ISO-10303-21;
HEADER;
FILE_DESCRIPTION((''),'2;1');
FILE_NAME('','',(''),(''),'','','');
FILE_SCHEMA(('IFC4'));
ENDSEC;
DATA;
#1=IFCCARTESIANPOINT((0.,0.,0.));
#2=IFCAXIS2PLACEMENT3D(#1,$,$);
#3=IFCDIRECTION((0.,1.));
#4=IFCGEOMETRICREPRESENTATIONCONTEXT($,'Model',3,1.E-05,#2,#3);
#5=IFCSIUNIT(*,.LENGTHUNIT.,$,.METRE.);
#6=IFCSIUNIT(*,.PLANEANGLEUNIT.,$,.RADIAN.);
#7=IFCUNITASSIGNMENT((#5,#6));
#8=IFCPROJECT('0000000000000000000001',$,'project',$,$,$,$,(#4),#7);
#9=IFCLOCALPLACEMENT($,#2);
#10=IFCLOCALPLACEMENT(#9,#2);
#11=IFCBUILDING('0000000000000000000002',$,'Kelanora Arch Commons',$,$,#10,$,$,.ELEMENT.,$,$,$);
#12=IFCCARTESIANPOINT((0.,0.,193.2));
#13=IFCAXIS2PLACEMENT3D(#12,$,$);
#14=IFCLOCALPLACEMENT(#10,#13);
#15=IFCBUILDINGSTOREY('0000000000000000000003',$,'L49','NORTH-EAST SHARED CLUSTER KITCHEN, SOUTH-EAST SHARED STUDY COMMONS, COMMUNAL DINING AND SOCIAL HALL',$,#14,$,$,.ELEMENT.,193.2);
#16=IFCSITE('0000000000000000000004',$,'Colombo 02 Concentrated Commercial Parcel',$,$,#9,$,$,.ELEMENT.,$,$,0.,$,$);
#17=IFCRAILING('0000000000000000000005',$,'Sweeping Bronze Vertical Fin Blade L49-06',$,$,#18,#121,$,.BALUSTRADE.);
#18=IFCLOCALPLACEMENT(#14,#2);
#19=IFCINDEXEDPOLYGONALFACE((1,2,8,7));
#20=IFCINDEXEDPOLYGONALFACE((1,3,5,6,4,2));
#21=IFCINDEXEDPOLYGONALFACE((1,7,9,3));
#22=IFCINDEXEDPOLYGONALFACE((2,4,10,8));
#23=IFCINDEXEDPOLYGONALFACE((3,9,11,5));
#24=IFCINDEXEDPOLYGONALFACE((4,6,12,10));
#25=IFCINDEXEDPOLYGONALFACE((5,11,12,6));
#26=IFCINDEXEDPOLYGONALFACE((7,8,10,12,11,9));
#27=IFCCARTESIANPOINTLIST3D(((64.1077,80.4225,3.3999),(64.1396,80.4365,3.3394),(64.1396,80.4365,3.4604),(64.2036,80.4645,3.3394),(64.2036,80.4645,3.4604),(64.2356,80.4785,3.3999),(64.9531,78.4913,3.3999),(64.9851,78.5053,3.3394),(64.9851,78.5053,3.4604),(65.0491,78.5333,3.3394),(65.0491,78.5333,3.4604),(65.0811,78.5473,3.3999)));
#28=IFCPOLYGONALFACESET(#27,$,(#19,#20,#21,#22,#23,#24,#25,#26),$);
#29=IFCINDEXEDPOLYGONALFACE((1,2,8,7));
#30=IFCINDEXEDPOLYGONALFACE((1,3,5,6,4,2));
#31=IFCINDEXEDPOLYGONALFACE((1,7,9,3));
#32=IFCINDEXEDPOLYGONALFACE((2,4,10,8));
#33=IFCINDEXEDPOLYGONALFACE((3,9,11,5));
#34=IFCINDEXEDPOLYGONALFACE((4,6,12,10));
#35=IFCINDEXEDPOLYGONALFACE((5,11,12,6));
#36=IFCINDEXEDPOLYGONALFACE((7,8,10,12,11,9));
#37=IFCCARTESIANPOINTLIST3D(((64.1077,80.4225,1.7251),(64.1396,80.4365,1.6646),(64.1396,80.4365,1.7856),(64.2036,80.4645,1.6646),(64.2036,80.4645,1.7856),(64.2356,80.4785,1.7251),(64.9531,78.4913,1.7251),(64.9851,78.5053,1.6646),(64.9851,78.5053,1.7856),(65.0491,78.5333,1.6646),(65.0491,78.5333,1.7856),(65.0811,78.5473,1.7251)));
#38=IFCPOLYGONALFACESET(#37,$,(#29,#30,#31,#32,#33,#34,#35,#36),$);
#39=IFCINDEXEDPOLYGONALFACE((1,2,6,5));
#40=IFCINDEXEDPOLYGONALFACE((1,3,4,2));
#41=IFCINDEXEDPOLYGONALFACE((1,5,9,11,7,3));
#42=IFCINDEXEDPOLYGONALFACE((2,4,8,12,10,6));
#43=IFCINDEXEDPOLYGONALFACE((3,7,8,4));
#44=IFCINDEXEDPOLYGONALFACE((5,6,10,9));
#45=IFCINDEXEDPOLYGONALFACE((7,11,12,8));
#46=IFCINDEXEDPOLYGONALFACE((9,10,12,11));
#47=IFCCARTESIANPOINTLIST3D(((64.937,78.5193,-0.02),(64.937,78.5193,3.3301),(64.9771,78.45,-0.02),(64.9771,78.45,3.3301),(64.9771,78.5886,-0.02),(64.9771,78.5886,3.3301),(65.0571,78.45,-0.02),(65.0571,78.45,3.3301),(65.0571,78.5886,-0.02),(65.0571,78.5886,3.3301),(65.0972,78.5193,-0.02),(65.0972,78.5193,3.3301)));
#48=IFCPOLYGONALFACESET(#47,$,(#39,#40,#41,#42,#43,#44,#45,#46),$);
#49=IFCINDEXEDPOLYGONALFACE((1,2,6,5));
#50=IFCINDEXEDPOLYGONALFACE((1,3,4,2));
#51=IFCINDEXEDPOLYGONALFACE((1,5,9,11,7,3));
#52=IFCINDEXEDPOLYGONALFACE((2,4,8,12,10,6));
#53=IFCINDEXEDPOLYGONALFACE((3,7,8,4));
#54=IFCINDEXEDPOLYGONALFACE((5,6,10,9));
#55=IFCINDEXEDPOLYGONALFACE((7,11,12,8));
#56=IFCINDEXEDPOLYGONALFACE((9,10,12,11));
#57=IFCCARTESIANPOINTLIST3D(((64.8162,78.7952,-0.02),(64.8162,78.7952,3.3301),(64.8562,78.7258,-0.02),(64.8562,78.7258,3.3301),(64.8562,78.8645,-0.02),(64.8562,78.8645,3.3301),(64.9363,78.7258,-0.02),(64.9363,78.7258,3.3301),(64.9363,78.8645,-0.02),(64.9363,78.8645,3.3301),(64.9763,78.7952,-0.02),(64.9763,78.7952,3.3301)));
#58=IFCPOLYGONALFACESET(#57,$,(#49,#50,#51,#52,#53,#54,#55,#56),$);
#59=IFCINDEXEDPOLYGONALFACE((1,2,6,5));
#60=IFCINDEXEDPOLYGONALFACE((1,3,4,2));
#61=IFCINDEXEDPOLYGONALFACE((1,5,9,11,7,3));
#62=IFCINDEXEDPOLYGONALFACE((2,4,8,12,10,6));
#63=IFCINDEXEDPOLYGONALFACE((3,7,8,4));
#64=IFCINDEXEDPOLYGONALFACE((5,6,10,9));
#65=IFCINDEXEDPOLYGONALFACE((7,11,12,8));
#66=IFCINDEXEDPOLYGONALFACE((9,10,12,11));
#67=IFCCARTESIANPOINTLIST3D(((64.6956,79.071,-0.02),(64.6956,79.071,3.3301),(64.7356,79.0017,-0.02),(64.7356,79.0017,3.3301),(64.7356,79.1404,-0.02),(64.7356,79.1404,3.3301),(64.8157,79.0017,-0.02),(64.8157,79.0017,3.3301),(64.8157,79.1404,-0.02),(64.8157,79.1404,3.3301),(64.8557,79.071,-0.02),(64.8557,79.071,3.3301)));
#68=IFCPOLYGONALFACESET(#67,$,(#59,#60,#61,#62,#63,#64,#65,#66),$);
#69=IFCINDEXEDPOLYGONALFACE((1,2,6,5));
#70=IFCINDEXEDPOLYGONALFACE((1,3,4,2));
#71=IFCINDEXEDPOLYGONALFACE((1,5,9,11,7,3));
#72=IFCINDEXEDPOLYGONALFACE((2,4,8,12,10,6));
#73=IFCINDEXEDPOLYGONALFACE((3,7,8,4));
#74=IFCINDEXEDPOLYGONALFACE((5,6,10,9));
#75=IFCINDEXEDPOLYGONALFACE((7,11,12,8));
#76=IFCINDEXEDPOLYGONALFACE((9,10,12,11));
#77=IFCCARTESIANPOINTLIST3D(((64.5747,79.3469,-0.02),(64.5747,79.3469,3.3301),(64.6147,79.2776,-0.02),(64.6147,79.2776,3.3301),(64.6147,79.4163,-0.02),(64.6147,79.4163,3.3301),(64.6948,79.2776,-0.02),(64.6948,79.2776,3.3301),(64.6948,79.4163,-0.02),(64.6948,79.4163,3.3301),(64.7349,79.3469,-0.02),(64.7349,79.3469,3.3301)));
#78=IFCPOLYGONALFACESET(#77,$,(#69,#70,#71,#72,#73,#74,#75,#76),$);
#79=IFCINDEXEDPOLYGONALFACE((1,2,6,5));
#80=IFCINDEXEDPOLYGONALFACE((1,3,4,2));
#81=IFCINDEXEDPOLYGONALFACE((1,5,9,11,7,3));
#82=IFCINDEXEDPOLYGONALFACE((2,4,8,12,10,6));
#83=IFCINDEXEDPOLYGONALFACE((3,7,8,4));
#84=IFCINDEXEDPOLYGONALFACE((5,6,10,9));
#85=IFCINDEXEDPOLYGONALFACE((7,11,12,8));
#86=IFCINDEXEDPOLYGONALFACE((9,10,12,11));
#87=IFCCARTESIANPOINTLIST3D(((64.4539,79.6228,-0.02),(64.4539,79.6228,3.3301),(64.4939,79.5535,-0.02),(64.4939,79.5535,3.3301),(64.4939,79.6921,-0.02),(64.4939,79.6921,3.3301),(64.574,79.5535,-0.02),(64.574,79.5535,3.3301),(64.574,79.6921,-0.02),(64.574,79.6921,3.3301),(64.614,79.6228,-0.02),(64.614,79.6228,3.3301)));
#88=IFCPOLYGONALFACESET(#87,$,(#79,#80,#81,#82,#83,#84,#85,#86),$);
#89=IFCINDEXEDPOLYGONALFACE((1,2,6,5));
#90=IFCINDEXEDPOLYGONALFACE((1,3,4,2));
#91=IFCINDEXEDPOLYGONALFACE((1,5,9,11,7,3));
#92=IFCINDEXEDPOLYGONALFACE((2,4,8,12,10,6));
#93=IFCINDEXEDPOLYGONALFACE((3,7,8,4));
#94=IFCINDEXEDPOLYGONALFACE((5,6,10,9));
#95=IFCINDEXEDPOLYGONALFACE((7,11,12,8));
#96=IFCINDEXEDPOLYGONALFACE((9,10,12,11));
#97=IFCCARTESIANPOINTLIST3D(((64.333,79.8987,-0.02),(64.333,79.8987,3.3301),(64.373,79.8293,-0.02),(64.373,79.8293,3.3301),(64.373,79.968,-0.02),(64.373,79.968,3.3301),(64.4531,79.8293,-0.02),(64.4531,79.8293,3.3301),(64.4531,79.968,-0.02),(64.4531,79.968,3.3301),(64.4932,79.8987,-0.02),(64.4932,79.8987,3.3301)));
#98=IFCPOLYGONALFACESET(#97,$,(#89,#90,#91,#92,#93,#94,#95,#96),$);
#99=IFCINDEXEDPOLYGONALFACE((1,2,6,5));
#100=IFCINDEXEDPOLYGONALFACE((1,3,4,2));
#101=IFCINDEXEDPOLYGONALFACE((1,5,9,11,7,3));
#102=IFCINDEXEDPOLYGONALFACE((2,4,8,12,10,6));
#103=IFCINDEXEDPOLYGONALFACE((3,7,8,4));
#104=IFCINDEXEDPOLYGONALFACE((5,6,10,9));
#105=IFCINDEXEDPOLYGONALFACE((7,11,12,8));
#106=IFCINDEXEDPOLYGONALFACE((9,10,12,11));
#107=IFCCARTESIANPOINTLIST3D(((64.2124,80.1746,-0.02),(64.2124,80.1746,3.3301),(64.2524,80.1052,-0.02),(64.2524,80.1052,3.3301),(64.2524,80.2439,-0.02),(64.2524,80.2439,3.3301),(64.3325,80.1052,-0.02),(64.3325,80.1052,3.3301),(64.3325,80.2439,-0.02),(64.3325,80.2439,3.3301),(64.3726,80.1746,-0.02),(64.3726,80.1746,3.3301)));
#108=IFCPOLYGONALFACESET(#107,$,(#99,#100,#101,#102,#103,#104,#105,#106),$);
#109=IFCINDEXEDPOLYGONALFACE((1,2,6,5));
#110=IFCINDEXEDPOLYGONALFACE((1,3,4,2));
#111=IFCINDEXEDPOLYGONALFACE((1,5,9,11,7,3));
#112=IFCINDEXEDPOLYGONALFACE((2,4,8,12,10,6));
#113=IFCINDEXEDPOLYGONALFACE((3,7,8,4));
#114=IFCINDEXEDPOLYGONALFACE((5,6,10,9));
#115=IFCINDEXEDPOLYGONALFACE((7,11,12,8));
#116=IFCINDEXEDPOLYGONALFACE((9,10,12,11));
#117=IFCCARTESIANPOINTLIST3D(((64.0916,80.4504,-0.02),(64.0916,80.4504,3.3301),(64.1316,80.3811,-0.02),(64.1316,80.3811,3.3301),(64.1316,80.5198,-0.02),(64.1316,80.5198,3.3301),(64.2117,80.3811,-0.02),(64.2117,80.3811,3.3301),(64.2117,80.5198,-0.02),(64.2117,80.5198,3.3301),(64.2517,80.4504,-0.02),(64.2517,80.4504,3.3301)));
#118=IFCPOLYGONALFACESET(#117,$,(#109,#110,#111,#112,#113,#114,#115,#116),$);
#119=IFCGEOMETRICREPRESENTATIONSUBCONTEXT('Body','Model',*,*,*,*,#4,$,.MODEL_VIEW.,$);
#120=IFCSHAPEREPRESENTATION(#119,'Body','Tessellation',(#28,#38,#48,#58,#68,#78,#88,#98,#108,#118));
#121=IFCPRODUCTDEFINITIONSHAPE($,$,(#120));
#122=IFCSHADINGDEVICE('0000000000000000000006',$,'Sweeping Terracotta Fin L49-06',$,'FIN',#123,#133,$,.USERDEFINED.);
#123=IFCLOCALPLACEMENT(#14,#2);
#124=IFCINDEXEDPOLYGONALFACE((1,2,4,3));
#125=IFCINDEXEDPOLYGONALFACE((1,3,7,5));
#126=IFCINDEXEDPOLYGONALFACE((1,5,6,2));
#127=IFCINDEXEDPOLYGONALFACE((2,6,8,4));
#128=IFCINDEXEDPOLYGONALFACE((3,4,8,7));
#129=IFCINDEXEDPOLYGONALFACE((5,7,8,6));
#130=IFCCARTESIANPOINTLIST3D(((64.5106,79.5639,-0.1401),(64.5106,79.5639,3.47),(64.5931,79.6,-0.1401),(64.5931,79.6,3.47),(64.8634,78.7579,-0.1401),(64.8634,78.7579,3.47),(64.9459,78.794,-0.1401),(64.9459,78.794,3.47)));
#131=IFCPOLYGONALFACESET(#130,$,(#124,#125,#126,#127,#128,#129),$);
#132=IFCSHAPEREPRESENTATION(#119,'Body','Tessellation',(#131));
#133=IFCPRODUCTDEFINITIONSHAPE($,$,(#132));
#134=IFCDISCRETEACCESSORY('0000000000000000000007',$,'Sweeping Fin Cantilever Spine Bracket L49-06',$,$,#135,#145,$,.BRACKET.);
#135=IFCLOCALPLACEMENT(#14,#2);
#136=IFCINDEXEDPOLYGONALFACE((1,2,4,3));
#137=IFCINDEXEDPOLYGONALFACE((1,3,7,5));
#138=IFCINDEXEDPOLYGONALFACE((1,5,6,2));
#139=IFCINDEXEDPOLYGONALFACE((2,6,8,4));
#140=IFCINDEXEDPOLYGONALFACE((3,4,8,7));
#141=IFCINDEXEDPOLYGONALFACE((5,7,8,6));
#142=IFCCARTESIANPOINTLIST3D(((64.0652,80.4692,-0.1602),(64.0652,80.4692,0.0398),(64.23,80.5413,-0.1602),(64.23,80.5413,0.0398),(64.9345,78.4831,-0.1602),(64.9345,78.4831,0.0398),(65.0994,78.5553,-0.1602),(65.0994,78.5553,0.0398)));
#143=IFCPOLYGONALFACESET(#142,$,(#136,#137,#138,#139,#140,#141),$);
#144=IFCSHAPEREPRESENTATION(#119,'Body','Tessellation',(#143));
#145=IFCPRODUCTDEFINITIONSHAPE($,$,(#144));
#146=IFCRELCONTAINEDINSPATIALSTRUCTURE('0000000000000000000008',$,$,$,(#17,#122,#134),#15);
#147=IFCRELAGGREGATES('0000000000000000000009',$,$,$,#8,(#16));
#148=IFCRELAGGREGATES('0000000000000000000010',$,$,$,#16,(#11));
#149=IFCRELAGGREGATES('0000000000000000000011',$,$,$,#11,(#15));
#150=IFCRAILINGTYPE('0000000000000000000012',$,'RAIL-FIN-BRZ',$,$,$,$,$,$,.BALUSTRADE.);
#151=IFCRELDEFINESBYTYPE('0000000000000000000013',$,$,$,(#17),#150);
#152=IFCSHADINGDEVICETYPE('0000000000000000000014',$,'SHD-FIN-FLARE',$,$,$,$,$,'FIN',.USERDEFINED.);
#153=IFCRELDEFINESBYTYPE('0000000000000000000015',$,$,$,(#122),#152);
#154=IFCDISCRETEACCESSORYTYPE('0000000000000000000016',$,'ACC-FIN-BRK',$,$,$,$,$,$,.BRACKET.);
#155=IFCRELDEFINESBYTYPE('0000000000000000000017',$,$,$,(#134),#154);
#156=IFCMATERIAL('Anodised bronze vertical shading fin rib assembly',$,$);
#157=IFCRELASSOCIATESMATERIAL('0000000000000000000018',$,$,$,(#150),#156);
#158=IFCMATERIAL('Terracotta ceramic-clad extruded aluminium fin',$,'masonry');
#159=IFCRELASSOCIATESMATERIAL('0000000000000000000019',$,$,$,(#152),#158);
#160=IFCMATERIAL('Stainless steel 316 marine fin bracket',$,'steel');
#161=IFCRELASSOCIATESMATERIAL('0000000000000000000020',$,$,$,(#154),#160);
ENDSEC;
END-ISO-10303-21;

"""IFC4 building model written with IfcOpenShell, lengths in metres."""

from ifc_helpers import new_model, si_unit, direction, frame, origin, origin_2d, place, context, subcontext, project, spatial, polyline, rectangle, outline, extrude, source, transform, mapped, material, type_object, element, save


model = new_model("IFC4")

# Units and contexts
model_context = context("Model", 3, precision=1e-05, world=origin(), true_north=direction((0.0, 1.0)))
body_context = subcontext(model_context, "Body", "Model", "MODEL_VIEW")
ifc_project = project(units=[si_unit("LENGTHUNIT", "METRE"), si_unit("PLANEANGLEUNIT", "RADIAN")], contexts=[model_context])

# Site, building, storey
site_placement = place(None, origin())
site = spatial("IfcSite", under=ifc_project, at=site_placement, Name="Colombo 02 Concentrated Commercial Parcel", CompositionType="ELEMENT", RefElevation=0.0)
building_placement = place(site_placement, origin())
building = spatial("IfcBuilding", under=site, at=building_placement, Name="Kelanora Arch Commons", CompositionType="ELEMENT")
storey_placement = place(building_placement, frame((0.0, 0.0, 193.2)))
storey = spatial("IfcBuildingStorey", under=building, at=storey_placement, Name="L49", Description="NORTH-EAST SHARED CLUSTER KITCHEN, SOUTH-EAST SHARED STUDY COMMONS, COMMUNAL DINING AND SOCIAL HALL", CompositionType="ELEMENT", Elevation=193.2)

# Railing
ifc_material_1 = material(Name="Anodised bronze vertical shading fin rib assembly")
railing_type = type_object("IfcRailingType", Name="RAIL-FIN-BRZ", PredefinedType="BALUSTRADE", material=ifc_material_1)
railing_placement = place(storey_placement, frame((65.0171, 78.5193, -0.02)))
element("IfcRailing", 1, at=railing_placement, inside=storey, type_object=railing_type, Name="Sweeping Bronze Vertical Fin Blade L49-06", PredefinedType="BALUSTRADE", context=body_context, shape_type="SweptSolid", body=[
    extrude(outline(polyline([(0.0698, 0.0), (0.0349, 0.0605), (-0.0349, 0.0605), (-0.0698, 0.0), (-0.0349, -0.0605), (0.0349, -0.0605), (0.0698, 0.0)])), frame((0.0, 0.0, 3.4199), z_axis=(-0.40105, 0.916056, 0.0), x_axis=(-0.916056, -0.40105, 0.0)), (0.0, 0.0, 1.0), 2.1082),
    extrude(outline(polyline([(0.0698, 0.0), (0.0349, 0.0605), (-0.0349, 0.0605), (-0.0698, 0.0), (-0.0349, -0.0605), (0.0349, -0.0605), (0.0698, 0.0)])), frame((0.0, 0.0, 1.7451), z_axis=(-0.40105, 0.916056, 0.0), x_axis=(-0.916056, -0.40105, 0.0)), (0.0, 0.0, 1.0), 2.1082),
    extrude(outline(polyline([(0.0801, 0.0), (0.04, 0.0693), (-0.04, 0.0693), (-0.0801, 0.0), (-0.04, -0.0693), (0.04, -0.0693), (0.0801, 0.0)])), origin(), (0.0, 0.0, 1.0), 3.3501),
    extrude(outline(polyline([(0.0801, 0.0), (0.04, 0.0693), (-0.04, 0.0693), (-0.0801, 0.0), (-0.04, -0.0693), (0.04, -0.0693), (0.0801, 0.0)])), frame((-0.1208, 0.2759, 0.0)), (0.0, 0.0, 1.0), 3.3501),
    extrude(outline(polyline([(0.0801, 0.0), (0.04, 0.0693), (-0.04, 0.0693), (-0.0801, 0.0), (-0.04, -0.0693), (0.04, -0.0693), (0.0801, 0.0)])), frame((-0.2415, 0.5518, 0.0)), (0.0, 0.0, 1.0), 3.3501),
    extrude(outline(polyline([(0.0801, 0.0), (0.04, 0.0693), (-0.04, 0.0693), (-0.0801, 0.0), (-0.04, -0.0693), (0.04, -0.0693), (0.0801, 0.0)])), frame((-0.3623, 0.8276, 0.0)), (0.0, 0.0, 1.0), 3.3501),
    extrude(outline(polyline([(0.0801, 0.0), (0.04, 0.0693), (-0.04, 0.0693), (-0.0801, 0.0), (-0.04, -0.0693), (0.04, -0.0693), (0.0801, 0.0)])), frame((-0.4832, 1.1035, 0.0)), (0.0, 0.0, 1.0), 3.3501),
    extrude(outline(polyline([(0.0801, 0.0), (0.04, 0.0693), (-0.04, 0.0693), (-0.0801, 0.0), (-0.04, -0.0693), (0.04, -0.0693), (0.0801, 0.0)])), frame((-0.604, 1.3794, 0.0)), (0.0, 0.0, 1.0), 3.3501),
    extrude(outline(polyline([(0.0801, 0.0), (0.04, 0.0693), (-0.04, 0.0693), (-0.0801, 0.0), (-0.04, -0.0693), (0.04, -0.0693), (0.0801, 0.0)])), frame((-0.7246, 1.6553, 0.0)), (0.0, 0.0, 1.0), 3.3501),
    extrude(outline(polyline([(0.0801, 0.0), (0.04, 0.0693), (-0.04, 0.0693), (-0.0801, 0.0), (-0.04, -0.0693), (0.04, -0.0693), (0.0801, 0.0)])), frame((-0.8455, 1.9312, 0.0)), (0.0, 0.0, 1.0), 3.3501),
])

# Shading device
ifc_material_2 = material(Name="Terracotta ceramic-clad extruded aluminium fin", Category="masonry")
shading_device_type = type_object("IfcShadingDeviceType", Name="SHD-FIN-FLARE", ElementType="FIN", PredefinedType="USERDEFINED", material=ifc_material_2)
shared_shape_1 = source(origin(), body_context, "Body", "SweptSolid", [
    extrude(rectangle(XDim=0.8799, YDim=0.0901, at=origin_2d()), origin(), (0.0, 0.0, 1.0), 3.6101),
])
shading_device_placement = place(storey_placement, frame((64.7283, 79.179, -0.1401), z_axis=(0.0, 0.0, 1.0), x_axis=(-0.400989, 0.916083, 0.0)))
element("IfcShadingDevice", 2, at=shading_device_placement, inside=storey, type_object=shading_device_type, Name="Sweeping Terracotta Fin L49-06", ObjectType="FIN", PredefinedType="USERDEFINED", context=body_context, shape_type="MappedRepresentation", body=[
    mapped(shared_shape_1, transform((0.0, 0.0, 0.0), scale=1.0)),
])

# Discrete accessory
ifc_material_3 = material(Name="Stainless steel 316 marine fin bracket", Category="steel")
discrete_accessory_type = type_object("IfcDiscreteAccessoryType", Name="ACC-FIN-BRK", PredefinedType="BRACKET", material=ifc_material_3)
shared_shape_2 = source(origin(), body_context, "Body", "SweptSolid", [
    extrude(rectangle(XDim=2.168, YDim=0.1799, at=origin_2d()), origin(), (0.0, 0.0, 1.0), 0.2),
])
discrete_accessory_placement = place(storey_placement, frame((64.5823, 79.5122, -0.1602), z_axis=(0.0, 0.0, 1.0), x_axis=(-0.400989, 0.916083, 0.0)))
element("IfcDiscreteAccessory", 3, at=discrete_accessory_placement, inside=storey, type_object=discrete_accessory_type, Name="Sweeping Fin Cantilever Spine Bracket L49-06", PredefinedType="BRACKET", context=body_context, shape_type="MappedRepresentation", body=[
    mapped(shared_shape_2, transform((0.0, 0.0, 0.0), scale=1.0)),
])

save(model, "model.ifc")
